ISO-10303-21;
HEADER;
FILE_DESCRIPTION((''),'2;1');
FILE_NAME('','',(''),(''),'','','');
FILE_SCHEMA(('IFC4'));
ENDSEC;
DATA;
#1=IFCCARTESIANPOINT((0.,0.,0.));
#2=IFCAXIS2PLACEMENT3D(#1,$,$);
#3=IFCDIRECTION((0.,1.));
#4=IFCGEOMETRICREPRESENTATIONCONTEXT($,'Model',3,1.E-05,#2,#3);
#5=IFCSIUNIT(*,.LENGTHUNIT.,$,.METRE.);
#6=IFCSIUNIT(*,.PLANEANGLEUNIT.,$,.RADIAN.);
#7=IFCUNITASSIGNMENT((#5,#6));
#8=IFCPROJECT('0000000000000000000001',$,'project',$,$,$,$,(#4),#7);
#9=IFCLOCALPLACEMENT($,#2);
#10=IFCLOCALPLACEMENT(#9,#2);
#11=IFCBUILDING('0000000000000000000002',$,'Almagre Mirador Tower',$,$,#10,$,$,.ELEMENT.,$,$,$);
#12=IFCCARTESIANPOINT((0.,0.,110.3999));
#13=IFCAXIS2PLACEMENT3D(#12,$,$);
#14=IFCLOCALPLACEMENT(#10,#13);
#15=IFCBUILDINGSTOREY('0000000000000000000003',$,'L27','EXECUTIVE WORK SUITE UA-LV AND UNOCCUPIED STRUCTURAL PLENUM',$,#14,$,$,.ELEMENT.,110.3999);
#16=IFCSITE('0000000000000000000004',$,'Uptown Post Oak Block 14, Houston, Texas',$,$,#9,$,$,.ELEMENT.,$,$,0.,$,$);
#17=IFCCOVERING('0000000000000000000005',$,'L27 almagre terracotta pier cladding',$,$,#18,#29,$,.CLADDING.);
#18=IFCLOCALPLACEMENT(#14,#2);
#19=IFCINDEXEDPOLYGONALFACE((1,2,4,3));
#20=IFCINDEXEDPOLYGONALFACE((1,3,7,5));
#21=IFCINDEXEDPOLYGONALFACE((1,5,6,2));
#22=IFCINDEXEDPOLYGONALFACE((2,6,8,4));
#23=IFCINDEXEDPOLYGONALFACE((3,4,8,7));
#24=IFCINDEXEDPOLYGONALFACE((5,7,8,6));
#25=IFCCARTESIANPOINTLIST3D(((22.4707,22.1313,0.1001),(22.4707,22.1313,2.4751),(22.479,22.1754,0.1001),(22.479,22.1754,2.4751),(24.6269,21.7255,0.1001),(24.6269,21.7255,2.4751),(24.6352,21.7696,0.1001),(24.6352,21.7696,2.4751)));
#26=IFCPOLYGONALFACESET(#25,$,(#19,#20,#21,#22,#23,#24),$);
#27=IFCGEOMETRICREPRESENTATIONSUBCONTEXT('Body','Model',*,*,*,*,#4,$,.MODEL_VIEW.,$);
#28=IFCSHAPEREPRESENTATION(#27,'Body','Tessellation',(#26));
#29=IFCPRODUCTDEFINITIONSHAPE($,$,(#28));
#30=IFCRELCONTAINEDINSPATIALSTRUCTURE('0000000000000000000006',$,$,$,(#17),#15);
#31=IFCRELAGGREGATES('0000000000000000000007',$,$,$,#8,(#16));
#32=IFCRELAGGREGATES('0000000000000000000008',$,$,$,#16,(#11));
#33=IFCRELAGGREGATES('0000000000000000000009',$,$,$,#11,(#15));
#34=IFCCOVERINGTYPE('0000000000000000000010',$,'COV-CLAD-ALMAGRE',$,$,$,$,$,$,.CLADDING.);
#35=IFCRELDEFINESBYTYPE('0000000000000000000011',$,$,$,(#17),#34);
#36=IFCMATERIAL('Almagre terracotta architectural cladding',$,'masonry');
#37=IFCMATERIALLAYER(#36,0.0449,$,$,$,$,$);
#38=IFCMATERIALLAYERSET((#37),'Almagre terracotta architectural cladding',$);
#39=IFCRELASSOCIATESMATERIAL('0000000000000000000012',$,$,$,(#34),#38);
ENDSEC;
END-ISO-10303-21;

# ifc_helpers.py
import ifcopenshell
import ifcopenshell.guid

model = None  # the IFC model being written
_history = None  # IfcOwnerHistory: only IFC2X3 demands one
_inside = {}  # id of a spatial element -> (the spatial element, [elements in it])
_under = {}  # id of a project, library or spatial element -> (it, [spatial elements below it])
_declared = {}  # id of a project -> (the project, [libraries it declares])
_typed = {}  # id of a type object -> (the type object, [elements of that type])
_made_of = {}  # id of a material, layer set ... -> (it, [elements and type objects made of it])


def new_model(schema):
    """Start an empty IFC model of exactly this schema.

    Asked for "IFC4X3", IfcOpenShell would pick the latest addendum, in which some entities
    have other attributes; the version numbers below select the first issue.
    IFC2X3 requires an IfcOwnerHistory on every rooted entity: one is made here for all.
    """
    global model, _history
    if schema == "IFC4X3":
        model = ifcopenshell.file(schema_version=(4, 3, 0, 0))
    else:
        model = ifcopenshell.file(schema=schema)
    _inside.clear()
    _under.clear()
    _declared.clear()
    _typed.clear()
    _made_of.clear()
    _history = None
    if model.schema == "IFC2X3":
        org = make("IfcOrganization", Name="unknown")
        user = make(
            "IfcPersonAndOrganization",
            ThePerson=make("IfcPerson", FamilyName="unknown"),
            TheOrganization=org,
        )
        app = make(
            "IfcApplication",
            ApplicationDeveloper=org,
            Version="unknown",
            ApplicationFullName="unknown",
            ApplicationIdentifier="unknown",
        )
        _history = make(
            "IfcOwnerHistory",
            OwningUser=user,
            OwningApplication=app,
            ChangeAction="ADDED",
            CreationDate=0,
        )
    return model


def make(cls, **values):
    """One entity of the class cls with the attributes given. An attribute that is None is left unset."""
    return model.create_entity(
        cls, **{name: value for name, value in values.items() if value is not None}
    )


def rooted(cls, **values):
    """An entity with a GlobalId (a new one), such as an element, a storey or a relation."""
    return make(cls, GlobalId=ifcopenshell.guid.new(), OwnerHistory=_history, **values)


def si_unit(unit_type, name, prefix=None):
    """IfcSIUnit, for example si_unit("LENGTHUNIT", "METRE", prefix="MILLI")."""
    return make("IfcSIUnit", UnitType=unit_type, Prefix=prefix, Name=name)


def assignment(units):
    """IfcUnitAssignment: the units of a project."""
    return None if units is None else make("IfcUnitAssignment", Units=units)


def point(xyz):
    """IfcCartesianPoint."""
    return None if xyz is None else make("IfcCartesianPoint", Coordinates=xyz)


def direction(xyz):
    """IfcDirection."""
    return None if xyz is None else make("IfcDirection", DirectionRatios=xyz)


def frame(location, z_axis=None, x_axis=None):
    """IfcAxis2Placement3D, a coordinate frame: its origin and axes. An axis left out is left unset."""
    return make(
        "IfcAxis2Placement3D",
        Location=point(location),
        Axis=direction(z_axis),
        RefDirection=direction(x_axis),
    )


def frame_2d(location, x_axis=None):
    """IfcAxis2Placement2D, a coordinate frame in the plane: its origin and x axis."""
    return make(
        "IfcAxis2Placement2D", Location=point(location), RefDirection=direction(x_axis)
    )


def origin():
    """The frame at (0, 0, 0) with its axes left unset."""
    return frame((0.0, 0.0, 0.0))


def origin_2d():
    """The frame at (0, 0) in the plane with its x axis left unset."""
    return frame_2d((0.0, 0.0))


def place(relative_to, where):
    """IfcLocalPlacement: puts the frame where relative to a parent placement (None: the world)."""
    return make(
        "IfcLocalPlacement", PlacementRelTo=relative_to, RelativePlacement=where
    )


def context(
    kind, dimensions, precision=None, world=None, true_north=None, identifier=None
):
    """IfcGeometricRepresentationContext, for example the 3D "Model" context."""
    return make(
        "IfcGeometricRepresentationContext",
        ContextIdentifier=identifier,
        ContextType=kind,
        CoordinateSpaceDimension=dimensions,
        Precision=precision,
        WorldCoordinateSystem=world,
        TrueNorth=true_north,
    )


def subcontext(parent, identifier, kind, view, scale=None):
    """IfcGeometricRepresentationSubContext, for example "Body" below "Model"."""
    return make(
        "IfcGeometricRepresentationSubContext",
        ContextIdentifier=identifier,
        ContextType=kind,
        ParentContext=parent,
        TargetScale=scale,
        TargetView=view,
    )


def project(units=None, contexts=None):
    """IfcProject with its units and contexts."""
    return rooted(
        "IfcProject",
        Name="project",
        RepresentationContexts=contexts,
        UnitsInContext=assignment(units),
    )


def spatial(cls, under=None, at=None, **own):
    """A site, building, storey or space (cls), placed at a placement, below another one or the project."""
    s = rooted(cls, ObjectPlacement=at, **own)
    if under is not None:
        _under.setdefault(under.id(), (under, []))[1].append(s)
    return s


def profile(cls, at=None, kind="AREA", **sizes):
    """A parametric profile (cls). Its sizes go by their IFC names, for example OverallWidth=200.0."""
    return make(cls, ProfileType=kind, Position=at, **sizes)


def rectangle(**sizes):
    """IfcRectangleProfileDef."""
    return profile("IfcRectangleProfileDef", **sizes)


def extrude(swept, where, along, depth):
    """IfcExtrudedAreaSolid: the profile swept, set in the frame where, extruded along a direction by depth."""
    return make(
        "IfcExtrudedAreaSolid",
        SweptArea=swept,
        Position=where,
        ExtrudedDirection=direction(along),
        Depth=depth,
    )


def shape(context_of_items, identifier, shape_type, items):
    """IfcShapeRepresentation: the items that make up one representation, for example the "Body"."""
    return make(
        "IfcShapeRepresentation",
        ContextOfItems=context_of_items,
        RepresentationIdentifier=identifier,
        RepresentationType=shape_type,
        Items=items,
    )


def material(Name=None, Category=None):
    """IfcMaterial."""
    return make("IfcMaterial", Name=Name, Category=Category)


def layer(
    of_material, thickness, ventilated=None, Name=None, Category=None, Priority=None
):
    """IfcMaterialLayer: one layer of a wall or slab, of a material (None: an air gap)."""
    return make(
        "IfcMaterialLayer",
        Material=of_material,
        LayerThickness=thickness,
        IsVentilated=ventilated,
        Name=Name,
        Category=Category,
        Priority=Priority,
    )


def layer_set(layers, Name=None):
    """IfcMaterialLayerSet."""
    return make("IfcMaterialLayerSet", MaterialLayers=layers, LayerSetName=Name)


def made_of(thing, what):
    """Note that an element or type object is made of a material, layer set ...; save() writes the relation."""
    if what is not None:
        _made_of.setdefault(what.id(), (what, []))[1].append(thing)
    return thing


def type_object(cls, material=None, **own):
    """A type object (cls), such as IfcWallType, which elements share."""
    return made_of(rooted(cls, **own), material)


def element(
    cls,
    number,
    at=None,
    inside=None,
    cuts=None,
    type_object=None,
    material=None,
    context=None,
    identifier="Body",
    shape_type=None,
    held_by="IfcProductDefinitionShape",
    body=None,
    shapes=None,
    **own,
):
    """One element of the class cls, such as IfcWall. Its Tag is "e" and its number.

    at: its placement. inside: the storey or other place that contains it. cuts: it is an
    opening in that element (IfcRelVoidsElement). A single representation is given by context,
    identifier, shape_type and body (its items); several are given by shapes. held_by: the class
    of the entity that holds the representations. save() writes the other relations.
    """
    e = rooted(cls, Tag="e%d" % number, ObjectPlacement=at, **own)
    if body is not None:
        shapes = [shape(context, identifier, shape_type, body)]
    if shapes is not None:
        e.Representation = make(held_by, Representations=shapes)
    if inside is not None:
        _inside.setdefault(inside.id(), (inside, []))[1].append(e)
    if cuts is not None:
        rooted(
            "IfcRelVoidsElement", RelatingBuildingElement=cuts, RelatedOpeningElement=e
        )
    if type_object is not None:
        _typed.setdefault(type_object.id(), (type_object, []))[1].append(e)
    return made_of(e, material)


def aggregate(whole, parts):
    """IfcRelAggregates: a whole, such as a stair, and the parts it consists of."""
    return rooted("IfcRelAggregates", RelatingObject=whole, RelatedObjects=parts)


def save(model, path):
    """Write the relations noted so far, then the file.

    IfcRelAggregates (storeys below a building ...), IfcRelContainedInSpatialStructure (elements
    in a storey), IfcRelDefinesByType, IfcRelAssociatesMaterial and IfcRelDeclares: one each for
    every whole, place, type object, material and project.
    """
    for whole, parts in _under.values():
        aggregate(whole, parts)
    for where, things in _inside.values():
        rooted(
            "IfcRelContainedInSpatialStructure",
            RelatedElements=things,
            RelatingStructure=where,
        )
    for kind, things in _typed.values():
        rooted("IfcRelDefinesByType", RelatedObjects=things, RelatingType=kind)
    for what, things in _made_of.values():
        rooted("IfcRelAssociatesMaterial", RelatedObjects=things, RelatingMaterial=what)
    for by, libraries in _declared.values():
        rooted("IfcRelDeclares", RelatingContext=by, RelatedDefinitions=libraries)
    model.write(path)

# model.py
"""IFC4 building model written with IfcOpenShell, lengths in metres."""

from ifc_helpers import new_model, si_unit, direction, frame, origin, origin_2d, place, context, subcontext, project, spatial, rectangle, extrude, material, layer, layer_set, type_object, element, save


model = new_model("IFC4")

# Units and contexts
model_context = context("Model", 3, precision=1e-05, world=origin(), true_north=direction((0.0, 1.0)))
body_context = subcontext(model_context, "Body", "Model", "MODEL_VIEW")
ifc_project = project(units=[si_unit("LENGTHUNIT", "METRE"), si_unit("PLANEANGLEUNIT", "RADIAN")], contexts=[model_context])

# Site, building, storey
site_placement = place(None, origin())
site = spatial("IfcSite", under=ifc_project, at=site_placement, Name="Uptown Post Oak Block 14, Houston, Texas", CompositionType="ELEMENT", RefElevation=0.0)
building_placement = place(site_placement, origin())
building = spatial("IfcBuilding", under=site, at=building_placement, Name="Almagre Mirador Tower", CompositionType="ELEMENT")
storey_placement = place(building_placement, frame((0.0, 0.0, 110.3999)))
storey = spatial("IfcBuildingStorey", under=building, at=storey_placement, Name="L27", Description="EXECUTIVE WORK SUITE UA-LV AND UNOCCUPIED STRUCTURAL PLENUM", CompositionType="ELEMENT", Elevation=110.3999)

# Covering
ifc_material_1 = material(Name="Almagre terracotta architectural cladding", Category="masonry")
ifc_layer_1 = layer(ifc_material_1, 0.0449)
ifc_layer_set_1 = layer_set([ifc_layer_1], Name="Almagre terracotta architectural cladding")
covering_type = type_object("IfcCoveringType", Name="COV-CLAD-ALMAGRE", PredefinedType="CLADDING", material=ifc_layer_set_1)
covering_placement = place(storey_placement, frame((23.553, 21.9504, 0.1001), z_axis=(0.0, 0.0, 1.0), x_axis=(0.982745, -0.184963, 0.0)))
element("IfcCovering", 1, at=covering_placement, inside=storey, type_object=covering_type, Name="L27 almagre terracotta pier cladding", PredefinedType="CLADDING", context=body_context, shape_type="SweptSolid", body=[
    extrude(rectangle(XDim=2.1941, YDim=0.0449, at=origin_2d()), origin(), (0.0, 0.0, 1.0), 2.375),
])

save(model, "model.ifc")
